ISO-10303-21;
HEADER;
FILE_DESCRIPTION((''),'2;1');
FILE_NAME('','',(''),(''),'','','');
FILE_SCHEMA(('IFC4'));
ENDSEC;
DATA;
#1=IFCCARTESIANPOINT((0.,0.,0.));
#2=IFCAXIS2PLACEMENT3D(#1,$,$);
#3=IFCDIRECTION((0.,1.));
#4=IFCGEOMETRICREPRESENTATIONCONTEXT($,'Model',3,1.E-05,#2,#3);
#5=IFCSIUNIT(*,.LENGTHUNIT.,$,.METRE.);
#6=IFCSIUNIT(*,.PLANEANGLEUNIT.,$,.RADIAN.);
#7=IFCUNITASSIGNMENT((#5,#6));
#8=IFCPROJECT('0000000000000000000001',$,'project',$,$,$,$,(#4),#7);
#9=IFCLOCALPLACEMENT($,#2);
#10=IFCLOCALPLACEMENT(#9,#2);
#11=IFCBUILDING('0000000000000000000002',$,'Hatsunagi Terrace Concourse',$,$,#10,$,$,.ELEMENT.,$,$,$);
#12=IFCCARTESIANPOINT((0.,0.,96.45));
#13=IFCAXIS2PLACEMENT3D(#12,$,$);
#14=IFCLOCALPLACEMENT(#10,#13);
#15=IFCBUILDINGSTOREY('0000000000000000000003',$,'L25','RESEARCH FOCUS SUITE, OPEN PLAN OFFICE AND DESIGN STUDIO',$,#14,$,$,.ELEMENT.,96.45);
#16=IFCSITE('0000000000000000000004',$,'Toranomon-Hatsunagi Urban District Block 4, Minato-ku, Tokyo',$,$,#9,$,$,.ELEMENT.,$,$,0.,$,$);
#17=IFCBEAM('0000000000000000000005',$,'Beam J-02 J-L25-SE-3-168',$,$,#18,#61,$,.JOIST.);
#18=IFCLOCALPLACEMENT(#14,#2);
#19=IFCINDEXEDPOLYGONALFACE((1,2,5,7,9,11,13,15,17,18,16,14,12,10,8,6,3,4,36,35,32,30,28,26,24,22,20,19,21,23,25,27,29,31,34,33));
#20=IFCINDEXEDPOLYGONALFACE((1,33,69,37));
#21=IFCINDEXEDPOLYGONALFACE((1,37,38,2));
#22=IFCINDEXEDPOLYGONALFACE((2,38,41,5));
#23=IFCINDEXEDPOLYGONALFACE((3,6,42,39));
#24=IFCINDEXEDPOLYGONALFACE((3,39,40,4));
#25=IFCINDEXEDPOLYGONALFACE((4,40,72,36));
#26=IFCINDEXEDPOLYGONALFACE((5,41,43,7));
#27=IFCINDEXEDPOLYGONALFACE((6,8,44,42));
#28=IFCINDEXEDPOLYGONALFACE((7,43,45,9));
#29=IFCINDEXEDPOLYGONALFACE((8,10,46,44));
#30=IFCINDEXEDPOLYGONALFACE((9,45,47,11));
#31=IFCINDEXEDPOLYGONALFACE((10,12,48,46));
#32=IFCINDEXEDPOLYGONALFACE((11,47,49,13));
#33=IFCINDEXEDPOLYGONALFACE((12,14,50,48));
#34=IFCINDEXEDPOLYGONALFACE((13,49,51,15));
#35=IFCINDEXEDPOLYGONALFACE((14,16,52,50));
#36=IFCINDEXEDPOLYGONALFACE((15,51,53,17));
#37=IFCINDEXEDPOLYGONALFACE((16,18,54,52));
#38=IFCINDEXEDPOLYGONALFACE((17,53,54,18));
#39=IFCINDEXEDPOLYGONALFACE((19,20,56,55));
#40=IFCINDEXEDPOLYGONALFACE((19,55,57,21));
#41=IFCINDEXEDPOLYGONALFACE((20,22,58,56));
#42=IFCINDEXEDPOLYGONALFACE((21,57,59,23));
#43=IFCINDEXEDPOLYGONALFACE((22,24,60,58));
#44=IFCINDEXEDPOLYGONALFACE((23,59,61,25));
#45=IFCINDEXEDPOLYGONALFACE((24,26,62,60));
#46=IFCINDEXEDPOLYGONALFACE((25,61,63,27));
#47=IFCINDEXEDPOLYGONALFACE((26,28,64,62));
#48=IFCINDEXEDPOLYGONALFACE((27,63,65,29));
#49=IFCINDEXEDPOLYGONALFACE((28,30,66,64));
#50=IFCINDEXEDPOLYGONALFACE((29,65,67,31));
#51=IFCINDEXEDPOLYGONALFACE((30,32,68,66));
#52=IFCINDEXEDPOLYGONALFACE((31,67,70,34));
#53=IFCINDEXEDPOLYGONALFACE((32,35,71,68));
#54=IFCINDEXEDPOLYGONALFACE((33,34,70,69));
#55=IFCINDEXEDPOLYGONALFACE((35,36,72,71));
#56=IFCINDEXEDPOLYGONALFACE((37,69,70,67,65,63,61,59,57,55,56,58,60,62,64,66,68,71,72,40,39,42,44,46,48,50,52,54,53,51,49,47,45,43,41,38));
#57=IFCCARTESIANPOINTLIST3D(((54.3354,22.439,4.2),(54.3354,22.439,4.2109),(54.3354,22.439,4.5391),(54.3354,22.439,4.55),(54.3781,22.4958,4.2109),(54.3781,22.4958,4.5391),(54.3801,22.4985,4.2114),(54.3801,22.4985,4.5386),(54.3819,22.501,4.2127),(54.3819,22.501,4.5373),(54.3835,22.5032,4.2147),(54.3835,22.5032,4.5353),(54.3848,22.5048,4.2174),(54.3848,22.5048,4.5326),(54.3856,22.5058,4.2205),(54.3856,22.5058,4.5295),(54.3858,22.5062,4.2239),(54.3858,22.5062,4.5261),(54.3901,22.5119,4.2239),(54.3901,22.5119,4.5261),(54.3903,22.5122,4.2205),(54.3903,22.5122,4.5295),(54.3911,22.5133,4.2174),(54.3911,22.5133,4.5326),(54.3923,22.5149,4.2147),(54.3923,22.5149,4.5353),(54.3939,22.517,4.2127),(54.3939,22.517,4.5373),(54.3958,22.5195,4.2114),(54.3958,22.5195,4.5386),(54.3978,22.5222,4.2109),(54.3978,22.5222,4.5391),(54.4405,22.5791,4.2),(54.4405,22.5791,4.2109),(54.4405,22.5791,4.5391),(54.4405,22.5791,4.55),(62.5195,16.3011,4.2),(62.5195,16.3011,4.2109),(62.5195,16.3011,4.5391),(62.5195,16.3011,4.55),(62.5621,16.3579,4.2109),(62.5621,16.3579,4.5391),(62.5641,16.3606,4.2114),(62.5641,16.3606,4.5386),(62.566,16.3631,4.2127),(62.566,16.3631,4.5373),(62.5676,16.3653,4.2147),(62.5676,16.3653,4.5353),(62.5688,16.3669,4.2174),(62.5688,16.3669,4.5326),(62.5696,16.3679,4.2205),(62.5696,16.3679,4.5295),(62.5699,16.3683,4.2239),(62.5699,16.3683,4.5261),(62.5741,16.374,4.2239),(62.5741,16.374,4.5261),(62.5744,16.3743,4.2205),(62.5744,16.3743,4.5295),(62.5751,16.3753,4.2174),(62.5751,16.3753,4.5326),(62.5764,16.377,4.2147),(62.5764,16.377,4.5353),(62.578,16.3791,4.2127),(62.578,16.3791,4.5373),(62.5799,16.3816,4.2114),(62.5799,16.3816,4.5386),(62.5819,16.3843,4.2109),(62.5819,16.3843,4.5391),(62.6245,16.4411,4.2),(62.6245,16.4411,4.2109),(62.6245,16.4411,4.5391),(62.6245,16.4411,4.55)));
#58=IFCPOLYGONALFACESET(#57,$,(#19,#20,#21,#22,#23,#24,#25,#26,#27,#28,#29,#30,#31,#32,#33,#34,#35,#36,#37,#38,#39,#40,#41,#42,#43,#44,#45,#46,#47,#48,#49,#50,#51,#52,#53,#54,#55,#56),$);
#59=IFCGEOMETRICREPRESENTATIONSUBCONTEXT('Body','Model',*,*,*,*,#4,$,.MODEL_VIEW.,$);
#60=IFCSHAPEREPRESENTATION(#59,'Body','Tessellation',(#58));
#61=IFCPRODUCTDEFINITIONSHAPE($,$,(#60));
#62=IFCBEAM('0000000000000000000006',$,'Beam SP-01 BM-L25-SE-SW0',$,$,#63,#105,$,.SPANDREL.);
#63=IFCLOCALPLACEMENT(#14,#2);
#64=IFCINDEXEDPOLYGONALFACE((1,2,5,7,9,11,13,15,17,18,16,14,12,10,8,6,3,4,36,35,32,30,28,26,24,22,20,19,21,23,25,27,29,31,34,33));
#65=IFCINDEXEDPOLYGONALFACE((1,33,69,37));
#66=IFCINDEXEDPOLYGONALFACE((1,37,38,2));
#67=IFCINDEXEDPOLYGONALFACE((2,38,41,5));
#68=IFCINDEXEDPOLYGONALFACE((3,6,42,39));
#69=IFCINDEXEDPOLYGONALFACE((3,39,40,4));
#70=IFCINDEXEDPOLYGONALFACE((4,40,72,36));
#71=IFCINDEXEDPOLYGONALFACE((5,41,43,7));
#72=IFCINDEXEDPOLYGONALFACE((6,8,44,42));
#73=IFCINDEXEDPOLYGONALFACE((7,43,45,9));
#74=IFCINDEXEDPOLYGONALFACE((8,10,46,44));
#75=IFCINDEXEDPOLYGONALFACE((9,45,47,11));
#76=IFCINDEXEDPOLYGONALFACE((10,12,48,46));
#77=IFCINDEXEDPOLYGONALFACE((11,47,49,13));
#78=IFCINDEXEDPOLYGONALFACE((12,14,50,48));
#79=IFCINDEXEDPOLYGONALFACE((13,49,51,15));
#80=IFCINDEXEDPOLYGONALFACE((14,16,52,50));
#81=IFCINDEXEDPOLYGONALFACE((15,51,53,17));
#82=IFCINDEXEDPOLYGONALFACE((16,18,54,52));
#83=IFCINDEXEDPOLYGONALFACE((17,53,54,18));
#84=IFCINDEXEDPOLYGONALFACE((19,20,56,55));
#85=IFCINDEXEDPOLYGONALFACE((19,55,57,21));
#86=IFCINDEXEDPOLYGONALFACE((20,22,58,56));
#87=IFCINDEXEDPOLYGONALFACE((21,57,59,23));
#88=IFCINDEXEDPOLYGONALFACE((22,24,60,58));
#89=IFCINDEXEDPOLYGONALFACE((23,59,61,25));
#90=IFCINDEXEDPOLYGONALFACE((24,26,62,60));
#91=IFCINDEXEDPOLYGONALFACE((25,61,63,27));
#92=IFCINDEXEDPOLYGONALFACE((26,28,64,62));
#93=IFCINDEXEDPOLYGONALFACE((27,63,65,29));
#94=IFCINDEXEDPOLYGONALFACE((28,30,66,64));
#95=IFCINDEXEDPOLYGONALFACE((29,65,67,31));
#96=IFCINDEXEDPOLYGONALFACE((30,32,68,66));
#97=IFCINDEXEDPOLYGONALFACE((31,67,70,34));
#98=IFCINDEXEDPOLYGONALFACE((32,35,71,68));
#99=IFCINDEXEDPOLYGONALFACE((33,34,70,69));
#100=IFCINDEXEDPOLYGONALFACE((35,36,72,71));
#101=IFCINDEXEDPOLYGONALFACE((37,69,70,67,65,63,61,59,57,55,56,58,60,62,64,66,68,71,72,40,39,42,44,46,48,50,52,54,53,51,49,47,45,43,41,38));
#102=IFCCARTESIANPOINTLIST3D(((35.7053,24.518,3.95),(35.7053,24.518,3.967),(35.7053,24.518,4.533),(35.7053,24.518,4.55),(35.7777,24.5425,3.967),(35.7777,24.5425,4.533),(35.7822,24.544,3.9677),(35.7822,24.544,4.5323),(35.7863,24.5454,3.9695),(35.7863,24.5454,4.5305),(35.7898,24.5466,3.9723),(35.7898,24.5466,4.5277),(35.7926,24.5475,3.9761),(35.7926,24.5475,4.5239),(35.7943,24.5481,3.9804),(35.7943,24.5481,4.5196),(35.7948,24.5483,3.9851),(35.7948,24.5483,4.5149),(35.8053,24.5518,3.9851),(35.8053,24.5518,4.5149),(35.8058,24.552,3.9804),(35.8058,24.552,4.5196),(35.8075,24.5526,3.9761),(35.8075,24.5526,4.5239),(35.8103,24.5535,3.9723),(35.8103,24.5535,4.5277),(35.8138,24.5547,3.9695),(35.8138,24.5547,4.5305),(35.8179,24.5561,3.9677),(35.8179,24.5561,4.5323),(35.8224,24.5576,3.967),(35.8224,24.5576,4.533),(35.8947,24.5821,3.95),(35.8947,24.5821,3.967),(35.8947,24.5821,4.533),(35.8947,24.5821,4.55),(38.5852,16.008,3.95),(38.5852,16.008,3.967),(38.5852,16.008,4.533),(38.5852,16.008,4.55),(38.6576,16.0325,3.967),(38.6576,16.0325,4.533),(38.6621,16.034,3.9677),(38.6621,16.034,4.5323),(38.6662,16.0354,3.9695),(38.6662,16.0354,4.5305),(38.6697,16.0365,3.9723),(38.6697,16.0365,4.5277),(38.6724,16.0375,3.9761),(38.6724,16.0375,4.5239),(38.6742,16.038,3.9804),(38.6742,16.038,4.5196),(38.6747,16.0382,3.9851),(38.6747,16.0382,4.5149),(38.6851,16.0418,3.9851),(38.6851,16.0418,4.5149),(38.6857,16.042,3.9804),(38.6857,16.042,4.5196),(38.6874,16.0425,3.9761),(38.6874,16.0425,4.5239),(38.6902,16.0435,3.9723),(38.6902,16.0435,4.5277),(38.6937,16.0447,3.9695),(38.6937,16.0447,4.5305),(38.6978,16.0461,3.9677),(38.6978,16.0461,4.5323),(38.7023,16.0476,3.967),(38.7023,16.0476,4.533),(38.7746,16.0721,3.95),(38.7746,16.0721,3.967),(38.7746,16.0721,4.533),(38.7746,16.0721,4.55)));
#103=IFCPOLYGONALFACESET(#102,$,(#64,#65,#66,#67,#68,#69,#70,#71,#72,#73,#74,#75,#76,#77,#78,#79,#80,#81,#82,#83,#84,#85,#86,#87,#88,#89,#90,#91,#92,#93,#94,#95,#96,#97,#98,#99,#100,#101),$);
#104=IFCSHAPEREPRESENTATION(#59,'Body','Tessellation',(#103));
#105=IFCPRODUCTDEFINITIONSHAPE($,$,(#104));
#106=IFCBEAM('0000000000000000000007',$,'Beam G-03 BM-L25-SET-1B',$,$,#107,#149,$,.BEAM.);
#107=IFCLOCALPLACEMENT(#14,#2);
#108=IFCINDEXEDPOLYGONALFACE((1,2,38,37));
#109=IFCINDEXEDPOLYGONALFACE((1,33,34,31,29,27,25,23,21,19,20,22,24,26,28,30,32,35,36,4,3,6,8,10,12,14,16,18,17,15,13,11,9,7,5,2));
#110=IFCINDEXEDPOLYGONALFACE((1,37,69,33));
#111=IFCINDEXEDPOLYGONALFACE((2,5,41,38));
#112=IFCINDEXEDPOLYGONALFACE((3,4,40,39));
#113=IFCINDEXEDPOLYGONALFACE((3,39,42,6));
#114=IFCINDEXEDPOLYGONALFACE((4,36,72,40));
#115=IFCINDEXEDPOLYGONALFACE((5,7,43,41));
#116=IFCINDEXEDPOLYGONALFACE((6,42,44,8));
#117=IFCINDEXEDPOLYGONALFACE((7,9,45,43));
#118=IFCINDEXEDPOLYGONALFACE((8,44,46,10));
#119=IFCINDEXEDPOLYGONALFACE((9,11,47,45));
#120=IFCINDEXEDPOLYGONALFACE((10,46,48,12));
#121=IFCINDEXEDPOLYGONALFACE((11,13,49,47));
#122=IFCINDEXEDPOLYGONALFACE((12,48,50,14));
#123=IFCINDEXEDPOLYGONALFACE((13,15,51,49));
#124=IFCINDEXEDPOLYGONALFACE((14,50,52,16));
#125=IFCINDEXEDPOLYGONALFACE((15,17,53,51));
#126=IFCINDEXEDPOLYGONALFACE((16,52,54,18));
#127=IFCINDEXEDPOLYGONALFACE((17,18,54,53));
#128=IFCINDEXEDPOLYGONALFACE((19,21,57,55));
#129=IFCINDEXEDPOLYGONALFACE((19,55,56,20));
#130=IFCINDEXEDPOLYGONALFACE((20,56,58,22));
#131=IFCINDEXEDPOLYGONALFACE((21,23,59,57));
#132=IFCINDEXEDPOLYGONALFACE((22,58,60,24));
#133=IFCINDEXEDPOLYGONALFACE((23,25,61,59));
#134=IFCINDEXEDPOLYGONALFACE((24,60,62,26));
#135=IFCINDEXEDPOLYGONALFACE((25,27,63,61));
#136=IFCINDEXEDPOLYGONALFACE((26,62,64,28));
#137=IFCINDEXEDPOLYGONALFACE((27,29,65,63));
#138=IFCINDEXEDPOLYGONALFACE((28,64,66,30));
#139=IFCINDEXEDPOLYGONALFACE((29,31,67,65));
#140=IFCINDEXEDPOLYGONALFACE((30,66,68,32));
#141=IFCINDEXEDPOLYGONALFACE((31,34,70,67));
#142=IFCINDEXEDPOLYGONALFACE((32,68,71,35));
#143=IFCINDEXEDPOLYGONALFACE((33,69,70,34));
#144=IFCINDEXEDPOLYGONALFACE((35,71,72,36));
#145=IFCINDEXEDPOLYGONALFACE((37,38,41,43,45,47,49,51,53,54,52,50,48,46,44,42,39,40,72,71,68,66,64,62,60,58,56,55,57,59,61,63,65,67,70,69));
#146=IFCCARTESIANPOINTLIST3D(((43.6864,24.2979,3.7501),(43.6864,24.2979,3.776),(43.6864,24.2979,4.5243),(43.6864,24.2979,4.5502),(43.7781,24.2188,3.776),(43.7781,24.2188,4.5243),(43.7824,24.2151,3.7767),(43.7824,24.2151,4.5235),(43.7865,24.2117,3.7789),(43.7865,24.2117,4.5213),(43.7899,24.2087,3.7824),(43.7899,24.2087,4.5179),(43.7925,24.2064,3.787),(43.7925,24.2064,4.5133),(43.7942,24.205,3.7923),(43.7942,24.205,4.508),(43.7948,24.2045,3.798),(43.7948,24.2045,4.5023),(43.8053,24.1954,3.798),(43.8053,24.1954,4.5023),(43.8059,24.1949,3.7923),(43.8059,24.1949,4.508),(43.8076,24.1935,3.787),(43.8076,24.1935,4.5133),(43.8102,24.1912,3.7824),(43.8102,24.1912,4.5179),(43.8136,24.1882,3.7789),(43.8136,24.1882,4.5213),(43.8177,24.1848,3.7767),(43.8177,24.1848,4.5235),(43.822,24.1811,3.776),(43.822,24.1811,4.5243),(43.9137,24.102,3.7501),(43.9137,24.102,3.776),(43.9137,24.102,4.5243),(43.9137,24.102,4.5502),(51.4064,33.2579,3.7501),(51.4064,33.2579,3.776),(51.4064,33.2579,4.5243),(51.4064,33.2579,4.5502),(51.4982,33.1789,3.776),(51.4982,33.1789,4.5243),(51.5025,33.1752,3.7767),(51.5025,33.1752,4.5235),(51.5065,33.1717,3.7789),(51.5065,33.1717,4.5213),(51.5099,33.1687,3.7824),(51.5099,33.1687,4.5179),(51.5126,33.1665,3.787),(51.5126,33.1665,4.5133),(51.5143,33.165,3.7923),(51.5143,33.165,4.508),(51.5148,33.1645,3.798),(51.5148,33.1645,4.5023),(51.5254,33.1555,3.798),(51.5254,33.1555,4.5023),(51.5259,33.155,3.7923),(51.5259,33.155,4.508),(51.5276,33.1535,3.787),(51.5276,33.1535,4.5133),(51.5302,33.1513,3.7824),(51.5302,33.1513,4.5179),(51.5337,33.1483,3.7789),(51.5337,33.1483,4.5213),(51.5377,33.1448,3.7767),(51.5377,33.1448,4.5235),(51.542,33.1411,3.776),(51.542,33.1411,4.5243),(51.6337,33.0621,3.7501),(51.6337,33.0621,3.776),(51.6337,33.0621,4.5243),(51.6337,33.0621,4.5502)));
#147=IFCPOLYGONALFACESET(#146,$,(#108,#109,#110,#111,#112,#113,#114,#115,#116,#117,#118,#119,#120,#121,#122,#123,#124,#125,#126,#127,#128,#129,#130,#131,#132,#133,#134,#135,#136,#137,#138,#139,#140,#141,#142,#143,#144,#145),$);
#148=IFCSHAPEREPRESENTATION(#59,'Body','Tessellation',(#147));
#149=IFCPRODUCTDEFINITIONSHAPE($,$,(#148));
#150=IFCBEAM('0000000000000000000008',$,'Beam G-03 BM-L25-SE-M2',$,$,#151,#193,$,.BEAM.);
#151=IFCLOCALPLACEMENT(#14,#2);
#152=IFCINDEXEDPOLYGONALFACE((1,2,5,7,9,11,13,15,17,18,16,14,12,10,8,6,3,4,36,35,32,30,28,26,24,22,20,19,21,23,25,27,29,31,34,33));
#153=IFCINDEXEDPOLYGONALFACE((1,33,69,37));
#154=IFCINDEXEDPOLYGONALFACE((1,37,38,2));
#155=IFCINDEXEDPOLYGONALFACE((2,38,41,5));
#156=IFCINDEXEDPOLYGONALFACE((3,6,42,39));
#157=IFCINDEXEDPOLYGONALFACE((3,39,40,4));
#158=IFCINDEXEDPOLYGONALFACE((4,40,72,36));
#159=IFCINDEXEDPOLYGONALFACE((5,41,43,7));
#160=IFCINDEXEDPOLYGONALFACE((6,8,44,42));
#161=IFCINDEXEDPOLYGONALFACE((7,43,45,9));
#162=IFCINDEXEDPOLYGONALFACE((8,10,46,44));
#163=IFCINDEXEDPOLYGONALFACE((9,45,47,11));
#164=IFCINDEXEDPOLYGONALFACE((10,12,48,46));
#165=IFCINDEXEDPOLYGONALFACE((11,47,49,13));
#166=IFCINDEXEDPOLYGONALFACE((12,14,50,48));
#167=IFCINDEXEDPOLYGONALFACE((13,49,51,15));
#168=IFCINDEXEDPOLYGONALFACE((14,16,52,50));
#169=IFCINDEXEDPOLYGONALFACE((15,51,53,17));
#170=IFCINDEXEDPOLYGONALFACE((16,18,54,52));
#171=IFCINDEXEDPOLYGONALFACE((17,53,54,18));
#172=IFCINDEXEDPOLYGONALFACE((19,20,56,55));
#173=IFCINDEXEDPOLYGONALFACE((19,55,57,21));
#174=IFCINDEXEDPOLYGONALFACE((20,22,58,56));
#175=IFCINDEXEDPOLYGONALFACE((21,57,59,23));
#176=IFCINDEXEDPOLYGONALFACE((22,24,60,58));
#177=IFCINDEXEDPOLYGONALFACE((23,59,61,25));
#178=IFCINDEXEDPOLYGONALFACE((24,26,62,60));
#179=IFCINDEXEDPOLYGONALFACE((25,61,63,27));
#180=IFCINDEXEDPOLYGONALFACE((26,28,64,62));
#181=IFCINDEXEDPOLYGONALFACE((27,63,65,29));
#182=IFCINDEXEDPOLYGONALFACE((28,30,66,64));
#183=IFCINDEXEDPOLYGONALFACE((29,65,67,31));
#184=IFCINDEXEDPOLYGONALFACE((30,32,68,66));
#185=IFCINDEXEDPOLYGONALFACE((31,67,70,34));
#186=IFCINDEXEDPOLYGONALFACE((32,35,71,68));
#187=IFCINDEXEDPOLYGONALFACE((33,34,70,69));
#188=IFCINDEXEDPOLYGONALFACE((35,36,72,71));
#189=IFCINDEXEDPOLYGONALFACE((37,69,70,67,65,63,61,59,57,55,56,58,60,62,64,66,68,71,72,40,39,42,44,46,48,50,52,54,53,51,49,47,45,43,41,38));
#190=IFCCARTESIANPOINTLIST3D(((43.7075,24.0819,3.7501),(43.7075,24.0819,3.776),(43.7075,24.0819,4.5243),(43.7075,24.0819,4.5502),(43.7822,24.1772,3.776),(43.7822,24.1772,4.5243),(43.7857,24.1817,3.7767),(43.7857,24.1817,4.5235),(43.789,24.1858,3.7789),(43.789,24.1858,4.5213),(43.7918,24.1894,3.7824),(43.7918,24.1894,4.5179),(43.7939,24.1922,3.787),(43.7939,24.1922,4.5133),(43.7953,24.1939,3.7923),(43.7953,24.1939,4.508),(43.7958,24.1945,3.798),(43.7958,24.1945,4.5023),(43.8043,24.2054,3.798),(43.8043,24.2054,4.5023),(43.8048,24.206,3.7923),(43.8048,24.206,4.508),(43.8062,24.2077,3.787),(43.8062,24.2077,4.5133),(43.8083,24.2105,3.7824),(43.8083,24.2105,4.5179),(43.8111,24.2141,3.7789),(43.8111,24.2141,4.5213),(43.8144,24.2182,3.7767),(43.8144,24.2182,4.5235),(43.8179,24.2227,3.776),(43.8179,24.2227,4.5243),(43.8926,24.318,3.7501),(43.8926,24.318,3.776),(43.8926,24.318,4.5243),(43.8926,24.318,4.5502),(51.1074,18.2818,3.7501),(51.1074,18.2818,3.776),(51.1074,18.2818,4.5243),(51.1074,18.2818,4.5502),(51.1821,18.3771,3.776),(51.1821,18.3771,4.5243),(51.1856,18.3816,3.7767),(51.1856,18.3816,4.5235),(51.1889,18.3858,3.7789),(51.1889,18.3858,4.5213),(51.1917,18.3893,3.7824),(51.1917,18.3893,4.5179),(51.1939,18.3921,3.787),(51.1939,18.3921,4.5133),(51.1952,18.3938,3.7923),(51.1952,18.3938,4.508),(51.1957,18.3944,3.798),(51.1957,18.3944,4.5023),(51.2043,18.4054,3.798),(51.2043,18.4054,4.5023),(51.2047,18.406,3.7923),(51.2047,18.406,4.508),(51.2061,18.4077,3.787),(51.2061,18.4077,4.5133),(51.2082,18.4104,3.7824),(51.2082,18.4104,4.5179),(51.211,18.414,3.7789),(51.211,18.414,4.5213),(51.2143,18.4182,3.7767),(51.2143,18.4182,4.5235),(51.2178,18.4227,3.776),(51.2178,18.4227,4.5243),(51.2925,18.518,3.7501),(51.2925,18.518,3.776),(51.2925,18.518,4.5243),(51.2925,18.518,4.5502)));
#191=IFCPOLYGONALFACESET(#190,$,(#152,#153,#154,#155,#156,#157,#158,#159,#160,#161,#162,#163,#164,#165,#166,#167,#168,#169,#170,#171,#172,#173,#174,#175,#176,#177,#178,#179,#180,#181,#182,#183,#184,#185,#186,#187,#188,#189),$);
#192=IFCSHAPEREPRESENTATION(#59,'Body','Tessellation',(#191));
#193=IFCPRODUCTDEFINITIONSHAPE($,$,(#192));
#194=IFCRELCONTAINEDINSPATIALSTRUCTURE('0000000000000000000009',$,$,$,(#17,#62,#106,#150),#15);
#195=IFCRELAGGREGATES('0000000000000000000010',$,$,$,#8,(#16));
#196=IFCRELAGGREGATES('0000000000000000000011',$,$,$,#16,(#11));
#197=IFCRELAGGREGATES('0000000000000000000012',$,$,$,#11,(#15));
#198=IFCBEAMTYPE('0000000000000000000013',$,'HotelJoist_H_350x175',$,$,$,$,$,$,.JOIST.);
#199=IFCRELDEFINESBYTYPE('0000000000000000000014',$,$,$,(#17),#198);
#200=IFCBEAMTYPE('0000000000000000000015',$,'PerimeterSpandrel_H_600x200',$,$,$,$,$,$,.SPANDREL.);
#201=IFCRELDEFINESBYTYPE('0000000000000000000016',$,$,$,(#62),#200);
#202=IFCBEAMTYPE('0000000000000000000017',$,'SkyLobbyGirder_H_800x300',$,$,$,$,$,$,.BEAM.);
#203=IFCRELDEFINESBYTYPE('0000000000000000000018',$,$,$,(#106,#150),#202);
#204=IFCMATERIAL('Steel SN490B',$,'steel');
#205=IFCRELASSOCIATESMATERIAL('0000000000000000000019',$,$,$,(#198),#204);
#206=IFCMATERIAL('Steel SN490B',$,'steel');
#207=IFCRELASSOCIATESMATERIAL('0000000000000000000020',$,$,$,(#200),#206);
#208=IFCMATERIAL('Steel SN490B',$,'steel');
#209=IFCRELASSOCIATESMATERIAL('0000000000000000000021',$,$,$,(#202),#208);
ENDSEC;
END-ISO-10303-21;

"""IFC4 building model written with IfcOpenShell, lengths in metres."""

from ifc_helpers import new_model, si_unit, direction, frame, origin, origin_2d, place, context, subcontext, project, spatial, i_section, extrude, material, material_profile, profile_set, type_object, element, save


model = new_model("IFC4")

# Units and contexts
model_context = context("Model", 3, precision=1e-05, world=origin(), true_north=direction((0.0, 1.0)))
body_context = subcontext(model_context, "Body", "Model", "MODEL_VIEW")
ifc_project = project(units=[si_unit("LENGTHUNIT", "METRE"), si_unit("PLANEANGLEUNIT", "RADIAN")], contexts=[model_context])

# Site, building, storey
site_placement = place(None, origin())
site = spatial("IfcSite", under=ifc_project, at=site_placement, Name="Toranomon-Hatsunagi Urban District Block 4, Minato-ku, Tokyo", CompositionType="ELEMENT", RefElevation=0.0)
building_placement = place(site_placement, origin())
building = spatial("IfcBuilding", under=site, at=building_placement, Name="Hatsunagi Terrace Concourse", CompositionType="ELEMENT")
storey_placement = place(building_placement, frame((0.0, 0.0, 96.45)))
storey = spatial("IfcBuildingStorey", under=building, at=storey_placement, Name="L25", Description="RESEARCH FOCUS SUITE, OPEN PLAN OFFICE AND DESIGN STUDIO", CompositionType="ELEMENT", Elevation=96.45)

# Beams
ifc_material_1 = material(Name="Steel SN490B", Category="steel")
ifc_material_profile_1 = material_profile(ifc_material_1, i_section(OverallWidth=0.175, OverallDepth=0.3501, WebThickness=0.0071, FlangeThickness=0.011, FilletRadius=0.0129, at=origin_2d()), Name="H-350x175x7x11")
ifc_profile_set_1 = profile_set([ifc_material_profile_1], Name="Steel SN490B")
beam_type_1 = type_object("IfcBeamType", Name="HotelJoist_H_350x175", PredefinedType="JOIST", material=ifc_profile_set_1)
for number, where, z_axis, x_axis, name in (
    (1, (54.3879, 22.509, 4.375), (0.800006, -0.599992, 0.0), (0.599992, 0.800006, 0.0), "Beam J-02 J-L25-SE-3-168"),
):
    element("IfcBeam", number, at=place(storey_placement, frame(where, z_axis=z_axis, x_axis=x_axis)), inside=storey, type_object=beam_type_1, Name=name, PredefinedType="JOIST", context=body_context, shape_type="SweptSolid", body=[
        extrude(i_section(OverallWidth=0.175, OverallDepth=0.3501, WebThickness=0.0071, FlangeThickness=0.011, FilletRadius=0.0129, at=origin_2d()), origin(), (0.0, 0.0, 1.0), 10.23),
    ])
ifc_material_2 = material(Name="Steel SN490B", Category="steel")
ifc_material_profile_2 = material_profile(ifc_material_2, i_section(OverallWidth=0.2, OverallDepth=0.6001, WebThickness=0.011, FlangeThickness=0.0171, FilletRadius=0.0181, at=origin_2d()), Name="H-600x200x11x17")
ifc_profile_set_2 = profile_set([ifc_material_profile_2], Name="Steel SN490B")
beam_type_2 = type_object("IfcBeamType", Name="PerimeterSpandrel_H_600x200", PredefinedType="SPANDREL", material=ifc_profile_set_2)
beam_1_placement = place(storey_placement, frame((35.8, 24.55, 4.25), z_axis=(0.320553, -0.94723, 0.0), x_axis=(0.94723, 0.320553, 0.0)))
element("IfcBeam", 2, at=beam_1_placement, inside=storey, type_object=beam_type_2, Name="Beam SP-01 BM-L25-SE-SW0", PredefinedType="SPANDREL", context=body_context, shape_type="SweptSolid", body=[
    extrude(i_section(OverallWidth=0.2, OverallDepth=0.6001, WebThickness=0.011, FlangeThickness=0.0171, FilletRadius=0.0181, at=origin_2d()), origin(), (0.0, 0.0, 1.0), 8.9841),
])
ifc_material_3 = material(Name="Steel SN490B", Category="steel")
ifc_material_profile_3 = material_profile(ifc_material_3, i_section(OverallWidth=0.3, OverallDepth=0.8, WebThickness=0.0139, FlangeThickness=0.0259, FilletRadius=0.022, at=origin_2d()), Name="H-800x300x14x26")
ifc_profile_set_3 = profile_set([ifc_material_profile_3], Name="Steel SN490B")
beam_type_3 = type_object("IfcBeamType", Name="SkyLobbyGirder_H_800x300", PredefinedType="BEAM", material=ifc_profile_set_3)
beam_2_placement = place(storey_placement, frame((43.8, 24.2, 4.1501), z_axis=(0.652739, 0.757583, 0.0), x_axis=(-0.757583, 0.652739, 0.0)))
element("IfcBeam", 3, at=beam_2_placement, inside=storey, type_object=beam_type_3, Name="Beam G-03 BM-L25-SET-1B", PredefinedType="BEAM", context=body_context, shape_type="SweptSolid", body=[
    extrude(i_section(OverallWidth=0.3, OverallDepth=0.8, WebThickness=0.0139, FlangeThickness=0.0259, FilletRadius=0.022, at=origin_2d()), origin(), (0.0, 0.0, 1.0), 11.8271),
])
beam_3_placement = place(storey_placement, frame((43.8, 24.2, 4.1501), z_axis=(0.787049, -0.61689, 0.0), x_axis=(0.61689, 0.787049, 0.0)))
element("IfcBeam", 4, at=beam_3_placement, inside=storey, type_object=beam_type_3, Name="Beam G-03 BM-L25-SE-M2", PredefinedType="BEAM", context=body_context, shape_type="SweptSolid", body=[
    extrude(i_section(OverallWidth=0.3, OverallDepth=0.8, WebThickness=0.0139, FlangeThickness=0.0259, FilletRadius=0.022, at=origin_2d()), origin(), (0.0, 0.0, 1.0), 9.4021),
])

save(model, "model.ifc")
